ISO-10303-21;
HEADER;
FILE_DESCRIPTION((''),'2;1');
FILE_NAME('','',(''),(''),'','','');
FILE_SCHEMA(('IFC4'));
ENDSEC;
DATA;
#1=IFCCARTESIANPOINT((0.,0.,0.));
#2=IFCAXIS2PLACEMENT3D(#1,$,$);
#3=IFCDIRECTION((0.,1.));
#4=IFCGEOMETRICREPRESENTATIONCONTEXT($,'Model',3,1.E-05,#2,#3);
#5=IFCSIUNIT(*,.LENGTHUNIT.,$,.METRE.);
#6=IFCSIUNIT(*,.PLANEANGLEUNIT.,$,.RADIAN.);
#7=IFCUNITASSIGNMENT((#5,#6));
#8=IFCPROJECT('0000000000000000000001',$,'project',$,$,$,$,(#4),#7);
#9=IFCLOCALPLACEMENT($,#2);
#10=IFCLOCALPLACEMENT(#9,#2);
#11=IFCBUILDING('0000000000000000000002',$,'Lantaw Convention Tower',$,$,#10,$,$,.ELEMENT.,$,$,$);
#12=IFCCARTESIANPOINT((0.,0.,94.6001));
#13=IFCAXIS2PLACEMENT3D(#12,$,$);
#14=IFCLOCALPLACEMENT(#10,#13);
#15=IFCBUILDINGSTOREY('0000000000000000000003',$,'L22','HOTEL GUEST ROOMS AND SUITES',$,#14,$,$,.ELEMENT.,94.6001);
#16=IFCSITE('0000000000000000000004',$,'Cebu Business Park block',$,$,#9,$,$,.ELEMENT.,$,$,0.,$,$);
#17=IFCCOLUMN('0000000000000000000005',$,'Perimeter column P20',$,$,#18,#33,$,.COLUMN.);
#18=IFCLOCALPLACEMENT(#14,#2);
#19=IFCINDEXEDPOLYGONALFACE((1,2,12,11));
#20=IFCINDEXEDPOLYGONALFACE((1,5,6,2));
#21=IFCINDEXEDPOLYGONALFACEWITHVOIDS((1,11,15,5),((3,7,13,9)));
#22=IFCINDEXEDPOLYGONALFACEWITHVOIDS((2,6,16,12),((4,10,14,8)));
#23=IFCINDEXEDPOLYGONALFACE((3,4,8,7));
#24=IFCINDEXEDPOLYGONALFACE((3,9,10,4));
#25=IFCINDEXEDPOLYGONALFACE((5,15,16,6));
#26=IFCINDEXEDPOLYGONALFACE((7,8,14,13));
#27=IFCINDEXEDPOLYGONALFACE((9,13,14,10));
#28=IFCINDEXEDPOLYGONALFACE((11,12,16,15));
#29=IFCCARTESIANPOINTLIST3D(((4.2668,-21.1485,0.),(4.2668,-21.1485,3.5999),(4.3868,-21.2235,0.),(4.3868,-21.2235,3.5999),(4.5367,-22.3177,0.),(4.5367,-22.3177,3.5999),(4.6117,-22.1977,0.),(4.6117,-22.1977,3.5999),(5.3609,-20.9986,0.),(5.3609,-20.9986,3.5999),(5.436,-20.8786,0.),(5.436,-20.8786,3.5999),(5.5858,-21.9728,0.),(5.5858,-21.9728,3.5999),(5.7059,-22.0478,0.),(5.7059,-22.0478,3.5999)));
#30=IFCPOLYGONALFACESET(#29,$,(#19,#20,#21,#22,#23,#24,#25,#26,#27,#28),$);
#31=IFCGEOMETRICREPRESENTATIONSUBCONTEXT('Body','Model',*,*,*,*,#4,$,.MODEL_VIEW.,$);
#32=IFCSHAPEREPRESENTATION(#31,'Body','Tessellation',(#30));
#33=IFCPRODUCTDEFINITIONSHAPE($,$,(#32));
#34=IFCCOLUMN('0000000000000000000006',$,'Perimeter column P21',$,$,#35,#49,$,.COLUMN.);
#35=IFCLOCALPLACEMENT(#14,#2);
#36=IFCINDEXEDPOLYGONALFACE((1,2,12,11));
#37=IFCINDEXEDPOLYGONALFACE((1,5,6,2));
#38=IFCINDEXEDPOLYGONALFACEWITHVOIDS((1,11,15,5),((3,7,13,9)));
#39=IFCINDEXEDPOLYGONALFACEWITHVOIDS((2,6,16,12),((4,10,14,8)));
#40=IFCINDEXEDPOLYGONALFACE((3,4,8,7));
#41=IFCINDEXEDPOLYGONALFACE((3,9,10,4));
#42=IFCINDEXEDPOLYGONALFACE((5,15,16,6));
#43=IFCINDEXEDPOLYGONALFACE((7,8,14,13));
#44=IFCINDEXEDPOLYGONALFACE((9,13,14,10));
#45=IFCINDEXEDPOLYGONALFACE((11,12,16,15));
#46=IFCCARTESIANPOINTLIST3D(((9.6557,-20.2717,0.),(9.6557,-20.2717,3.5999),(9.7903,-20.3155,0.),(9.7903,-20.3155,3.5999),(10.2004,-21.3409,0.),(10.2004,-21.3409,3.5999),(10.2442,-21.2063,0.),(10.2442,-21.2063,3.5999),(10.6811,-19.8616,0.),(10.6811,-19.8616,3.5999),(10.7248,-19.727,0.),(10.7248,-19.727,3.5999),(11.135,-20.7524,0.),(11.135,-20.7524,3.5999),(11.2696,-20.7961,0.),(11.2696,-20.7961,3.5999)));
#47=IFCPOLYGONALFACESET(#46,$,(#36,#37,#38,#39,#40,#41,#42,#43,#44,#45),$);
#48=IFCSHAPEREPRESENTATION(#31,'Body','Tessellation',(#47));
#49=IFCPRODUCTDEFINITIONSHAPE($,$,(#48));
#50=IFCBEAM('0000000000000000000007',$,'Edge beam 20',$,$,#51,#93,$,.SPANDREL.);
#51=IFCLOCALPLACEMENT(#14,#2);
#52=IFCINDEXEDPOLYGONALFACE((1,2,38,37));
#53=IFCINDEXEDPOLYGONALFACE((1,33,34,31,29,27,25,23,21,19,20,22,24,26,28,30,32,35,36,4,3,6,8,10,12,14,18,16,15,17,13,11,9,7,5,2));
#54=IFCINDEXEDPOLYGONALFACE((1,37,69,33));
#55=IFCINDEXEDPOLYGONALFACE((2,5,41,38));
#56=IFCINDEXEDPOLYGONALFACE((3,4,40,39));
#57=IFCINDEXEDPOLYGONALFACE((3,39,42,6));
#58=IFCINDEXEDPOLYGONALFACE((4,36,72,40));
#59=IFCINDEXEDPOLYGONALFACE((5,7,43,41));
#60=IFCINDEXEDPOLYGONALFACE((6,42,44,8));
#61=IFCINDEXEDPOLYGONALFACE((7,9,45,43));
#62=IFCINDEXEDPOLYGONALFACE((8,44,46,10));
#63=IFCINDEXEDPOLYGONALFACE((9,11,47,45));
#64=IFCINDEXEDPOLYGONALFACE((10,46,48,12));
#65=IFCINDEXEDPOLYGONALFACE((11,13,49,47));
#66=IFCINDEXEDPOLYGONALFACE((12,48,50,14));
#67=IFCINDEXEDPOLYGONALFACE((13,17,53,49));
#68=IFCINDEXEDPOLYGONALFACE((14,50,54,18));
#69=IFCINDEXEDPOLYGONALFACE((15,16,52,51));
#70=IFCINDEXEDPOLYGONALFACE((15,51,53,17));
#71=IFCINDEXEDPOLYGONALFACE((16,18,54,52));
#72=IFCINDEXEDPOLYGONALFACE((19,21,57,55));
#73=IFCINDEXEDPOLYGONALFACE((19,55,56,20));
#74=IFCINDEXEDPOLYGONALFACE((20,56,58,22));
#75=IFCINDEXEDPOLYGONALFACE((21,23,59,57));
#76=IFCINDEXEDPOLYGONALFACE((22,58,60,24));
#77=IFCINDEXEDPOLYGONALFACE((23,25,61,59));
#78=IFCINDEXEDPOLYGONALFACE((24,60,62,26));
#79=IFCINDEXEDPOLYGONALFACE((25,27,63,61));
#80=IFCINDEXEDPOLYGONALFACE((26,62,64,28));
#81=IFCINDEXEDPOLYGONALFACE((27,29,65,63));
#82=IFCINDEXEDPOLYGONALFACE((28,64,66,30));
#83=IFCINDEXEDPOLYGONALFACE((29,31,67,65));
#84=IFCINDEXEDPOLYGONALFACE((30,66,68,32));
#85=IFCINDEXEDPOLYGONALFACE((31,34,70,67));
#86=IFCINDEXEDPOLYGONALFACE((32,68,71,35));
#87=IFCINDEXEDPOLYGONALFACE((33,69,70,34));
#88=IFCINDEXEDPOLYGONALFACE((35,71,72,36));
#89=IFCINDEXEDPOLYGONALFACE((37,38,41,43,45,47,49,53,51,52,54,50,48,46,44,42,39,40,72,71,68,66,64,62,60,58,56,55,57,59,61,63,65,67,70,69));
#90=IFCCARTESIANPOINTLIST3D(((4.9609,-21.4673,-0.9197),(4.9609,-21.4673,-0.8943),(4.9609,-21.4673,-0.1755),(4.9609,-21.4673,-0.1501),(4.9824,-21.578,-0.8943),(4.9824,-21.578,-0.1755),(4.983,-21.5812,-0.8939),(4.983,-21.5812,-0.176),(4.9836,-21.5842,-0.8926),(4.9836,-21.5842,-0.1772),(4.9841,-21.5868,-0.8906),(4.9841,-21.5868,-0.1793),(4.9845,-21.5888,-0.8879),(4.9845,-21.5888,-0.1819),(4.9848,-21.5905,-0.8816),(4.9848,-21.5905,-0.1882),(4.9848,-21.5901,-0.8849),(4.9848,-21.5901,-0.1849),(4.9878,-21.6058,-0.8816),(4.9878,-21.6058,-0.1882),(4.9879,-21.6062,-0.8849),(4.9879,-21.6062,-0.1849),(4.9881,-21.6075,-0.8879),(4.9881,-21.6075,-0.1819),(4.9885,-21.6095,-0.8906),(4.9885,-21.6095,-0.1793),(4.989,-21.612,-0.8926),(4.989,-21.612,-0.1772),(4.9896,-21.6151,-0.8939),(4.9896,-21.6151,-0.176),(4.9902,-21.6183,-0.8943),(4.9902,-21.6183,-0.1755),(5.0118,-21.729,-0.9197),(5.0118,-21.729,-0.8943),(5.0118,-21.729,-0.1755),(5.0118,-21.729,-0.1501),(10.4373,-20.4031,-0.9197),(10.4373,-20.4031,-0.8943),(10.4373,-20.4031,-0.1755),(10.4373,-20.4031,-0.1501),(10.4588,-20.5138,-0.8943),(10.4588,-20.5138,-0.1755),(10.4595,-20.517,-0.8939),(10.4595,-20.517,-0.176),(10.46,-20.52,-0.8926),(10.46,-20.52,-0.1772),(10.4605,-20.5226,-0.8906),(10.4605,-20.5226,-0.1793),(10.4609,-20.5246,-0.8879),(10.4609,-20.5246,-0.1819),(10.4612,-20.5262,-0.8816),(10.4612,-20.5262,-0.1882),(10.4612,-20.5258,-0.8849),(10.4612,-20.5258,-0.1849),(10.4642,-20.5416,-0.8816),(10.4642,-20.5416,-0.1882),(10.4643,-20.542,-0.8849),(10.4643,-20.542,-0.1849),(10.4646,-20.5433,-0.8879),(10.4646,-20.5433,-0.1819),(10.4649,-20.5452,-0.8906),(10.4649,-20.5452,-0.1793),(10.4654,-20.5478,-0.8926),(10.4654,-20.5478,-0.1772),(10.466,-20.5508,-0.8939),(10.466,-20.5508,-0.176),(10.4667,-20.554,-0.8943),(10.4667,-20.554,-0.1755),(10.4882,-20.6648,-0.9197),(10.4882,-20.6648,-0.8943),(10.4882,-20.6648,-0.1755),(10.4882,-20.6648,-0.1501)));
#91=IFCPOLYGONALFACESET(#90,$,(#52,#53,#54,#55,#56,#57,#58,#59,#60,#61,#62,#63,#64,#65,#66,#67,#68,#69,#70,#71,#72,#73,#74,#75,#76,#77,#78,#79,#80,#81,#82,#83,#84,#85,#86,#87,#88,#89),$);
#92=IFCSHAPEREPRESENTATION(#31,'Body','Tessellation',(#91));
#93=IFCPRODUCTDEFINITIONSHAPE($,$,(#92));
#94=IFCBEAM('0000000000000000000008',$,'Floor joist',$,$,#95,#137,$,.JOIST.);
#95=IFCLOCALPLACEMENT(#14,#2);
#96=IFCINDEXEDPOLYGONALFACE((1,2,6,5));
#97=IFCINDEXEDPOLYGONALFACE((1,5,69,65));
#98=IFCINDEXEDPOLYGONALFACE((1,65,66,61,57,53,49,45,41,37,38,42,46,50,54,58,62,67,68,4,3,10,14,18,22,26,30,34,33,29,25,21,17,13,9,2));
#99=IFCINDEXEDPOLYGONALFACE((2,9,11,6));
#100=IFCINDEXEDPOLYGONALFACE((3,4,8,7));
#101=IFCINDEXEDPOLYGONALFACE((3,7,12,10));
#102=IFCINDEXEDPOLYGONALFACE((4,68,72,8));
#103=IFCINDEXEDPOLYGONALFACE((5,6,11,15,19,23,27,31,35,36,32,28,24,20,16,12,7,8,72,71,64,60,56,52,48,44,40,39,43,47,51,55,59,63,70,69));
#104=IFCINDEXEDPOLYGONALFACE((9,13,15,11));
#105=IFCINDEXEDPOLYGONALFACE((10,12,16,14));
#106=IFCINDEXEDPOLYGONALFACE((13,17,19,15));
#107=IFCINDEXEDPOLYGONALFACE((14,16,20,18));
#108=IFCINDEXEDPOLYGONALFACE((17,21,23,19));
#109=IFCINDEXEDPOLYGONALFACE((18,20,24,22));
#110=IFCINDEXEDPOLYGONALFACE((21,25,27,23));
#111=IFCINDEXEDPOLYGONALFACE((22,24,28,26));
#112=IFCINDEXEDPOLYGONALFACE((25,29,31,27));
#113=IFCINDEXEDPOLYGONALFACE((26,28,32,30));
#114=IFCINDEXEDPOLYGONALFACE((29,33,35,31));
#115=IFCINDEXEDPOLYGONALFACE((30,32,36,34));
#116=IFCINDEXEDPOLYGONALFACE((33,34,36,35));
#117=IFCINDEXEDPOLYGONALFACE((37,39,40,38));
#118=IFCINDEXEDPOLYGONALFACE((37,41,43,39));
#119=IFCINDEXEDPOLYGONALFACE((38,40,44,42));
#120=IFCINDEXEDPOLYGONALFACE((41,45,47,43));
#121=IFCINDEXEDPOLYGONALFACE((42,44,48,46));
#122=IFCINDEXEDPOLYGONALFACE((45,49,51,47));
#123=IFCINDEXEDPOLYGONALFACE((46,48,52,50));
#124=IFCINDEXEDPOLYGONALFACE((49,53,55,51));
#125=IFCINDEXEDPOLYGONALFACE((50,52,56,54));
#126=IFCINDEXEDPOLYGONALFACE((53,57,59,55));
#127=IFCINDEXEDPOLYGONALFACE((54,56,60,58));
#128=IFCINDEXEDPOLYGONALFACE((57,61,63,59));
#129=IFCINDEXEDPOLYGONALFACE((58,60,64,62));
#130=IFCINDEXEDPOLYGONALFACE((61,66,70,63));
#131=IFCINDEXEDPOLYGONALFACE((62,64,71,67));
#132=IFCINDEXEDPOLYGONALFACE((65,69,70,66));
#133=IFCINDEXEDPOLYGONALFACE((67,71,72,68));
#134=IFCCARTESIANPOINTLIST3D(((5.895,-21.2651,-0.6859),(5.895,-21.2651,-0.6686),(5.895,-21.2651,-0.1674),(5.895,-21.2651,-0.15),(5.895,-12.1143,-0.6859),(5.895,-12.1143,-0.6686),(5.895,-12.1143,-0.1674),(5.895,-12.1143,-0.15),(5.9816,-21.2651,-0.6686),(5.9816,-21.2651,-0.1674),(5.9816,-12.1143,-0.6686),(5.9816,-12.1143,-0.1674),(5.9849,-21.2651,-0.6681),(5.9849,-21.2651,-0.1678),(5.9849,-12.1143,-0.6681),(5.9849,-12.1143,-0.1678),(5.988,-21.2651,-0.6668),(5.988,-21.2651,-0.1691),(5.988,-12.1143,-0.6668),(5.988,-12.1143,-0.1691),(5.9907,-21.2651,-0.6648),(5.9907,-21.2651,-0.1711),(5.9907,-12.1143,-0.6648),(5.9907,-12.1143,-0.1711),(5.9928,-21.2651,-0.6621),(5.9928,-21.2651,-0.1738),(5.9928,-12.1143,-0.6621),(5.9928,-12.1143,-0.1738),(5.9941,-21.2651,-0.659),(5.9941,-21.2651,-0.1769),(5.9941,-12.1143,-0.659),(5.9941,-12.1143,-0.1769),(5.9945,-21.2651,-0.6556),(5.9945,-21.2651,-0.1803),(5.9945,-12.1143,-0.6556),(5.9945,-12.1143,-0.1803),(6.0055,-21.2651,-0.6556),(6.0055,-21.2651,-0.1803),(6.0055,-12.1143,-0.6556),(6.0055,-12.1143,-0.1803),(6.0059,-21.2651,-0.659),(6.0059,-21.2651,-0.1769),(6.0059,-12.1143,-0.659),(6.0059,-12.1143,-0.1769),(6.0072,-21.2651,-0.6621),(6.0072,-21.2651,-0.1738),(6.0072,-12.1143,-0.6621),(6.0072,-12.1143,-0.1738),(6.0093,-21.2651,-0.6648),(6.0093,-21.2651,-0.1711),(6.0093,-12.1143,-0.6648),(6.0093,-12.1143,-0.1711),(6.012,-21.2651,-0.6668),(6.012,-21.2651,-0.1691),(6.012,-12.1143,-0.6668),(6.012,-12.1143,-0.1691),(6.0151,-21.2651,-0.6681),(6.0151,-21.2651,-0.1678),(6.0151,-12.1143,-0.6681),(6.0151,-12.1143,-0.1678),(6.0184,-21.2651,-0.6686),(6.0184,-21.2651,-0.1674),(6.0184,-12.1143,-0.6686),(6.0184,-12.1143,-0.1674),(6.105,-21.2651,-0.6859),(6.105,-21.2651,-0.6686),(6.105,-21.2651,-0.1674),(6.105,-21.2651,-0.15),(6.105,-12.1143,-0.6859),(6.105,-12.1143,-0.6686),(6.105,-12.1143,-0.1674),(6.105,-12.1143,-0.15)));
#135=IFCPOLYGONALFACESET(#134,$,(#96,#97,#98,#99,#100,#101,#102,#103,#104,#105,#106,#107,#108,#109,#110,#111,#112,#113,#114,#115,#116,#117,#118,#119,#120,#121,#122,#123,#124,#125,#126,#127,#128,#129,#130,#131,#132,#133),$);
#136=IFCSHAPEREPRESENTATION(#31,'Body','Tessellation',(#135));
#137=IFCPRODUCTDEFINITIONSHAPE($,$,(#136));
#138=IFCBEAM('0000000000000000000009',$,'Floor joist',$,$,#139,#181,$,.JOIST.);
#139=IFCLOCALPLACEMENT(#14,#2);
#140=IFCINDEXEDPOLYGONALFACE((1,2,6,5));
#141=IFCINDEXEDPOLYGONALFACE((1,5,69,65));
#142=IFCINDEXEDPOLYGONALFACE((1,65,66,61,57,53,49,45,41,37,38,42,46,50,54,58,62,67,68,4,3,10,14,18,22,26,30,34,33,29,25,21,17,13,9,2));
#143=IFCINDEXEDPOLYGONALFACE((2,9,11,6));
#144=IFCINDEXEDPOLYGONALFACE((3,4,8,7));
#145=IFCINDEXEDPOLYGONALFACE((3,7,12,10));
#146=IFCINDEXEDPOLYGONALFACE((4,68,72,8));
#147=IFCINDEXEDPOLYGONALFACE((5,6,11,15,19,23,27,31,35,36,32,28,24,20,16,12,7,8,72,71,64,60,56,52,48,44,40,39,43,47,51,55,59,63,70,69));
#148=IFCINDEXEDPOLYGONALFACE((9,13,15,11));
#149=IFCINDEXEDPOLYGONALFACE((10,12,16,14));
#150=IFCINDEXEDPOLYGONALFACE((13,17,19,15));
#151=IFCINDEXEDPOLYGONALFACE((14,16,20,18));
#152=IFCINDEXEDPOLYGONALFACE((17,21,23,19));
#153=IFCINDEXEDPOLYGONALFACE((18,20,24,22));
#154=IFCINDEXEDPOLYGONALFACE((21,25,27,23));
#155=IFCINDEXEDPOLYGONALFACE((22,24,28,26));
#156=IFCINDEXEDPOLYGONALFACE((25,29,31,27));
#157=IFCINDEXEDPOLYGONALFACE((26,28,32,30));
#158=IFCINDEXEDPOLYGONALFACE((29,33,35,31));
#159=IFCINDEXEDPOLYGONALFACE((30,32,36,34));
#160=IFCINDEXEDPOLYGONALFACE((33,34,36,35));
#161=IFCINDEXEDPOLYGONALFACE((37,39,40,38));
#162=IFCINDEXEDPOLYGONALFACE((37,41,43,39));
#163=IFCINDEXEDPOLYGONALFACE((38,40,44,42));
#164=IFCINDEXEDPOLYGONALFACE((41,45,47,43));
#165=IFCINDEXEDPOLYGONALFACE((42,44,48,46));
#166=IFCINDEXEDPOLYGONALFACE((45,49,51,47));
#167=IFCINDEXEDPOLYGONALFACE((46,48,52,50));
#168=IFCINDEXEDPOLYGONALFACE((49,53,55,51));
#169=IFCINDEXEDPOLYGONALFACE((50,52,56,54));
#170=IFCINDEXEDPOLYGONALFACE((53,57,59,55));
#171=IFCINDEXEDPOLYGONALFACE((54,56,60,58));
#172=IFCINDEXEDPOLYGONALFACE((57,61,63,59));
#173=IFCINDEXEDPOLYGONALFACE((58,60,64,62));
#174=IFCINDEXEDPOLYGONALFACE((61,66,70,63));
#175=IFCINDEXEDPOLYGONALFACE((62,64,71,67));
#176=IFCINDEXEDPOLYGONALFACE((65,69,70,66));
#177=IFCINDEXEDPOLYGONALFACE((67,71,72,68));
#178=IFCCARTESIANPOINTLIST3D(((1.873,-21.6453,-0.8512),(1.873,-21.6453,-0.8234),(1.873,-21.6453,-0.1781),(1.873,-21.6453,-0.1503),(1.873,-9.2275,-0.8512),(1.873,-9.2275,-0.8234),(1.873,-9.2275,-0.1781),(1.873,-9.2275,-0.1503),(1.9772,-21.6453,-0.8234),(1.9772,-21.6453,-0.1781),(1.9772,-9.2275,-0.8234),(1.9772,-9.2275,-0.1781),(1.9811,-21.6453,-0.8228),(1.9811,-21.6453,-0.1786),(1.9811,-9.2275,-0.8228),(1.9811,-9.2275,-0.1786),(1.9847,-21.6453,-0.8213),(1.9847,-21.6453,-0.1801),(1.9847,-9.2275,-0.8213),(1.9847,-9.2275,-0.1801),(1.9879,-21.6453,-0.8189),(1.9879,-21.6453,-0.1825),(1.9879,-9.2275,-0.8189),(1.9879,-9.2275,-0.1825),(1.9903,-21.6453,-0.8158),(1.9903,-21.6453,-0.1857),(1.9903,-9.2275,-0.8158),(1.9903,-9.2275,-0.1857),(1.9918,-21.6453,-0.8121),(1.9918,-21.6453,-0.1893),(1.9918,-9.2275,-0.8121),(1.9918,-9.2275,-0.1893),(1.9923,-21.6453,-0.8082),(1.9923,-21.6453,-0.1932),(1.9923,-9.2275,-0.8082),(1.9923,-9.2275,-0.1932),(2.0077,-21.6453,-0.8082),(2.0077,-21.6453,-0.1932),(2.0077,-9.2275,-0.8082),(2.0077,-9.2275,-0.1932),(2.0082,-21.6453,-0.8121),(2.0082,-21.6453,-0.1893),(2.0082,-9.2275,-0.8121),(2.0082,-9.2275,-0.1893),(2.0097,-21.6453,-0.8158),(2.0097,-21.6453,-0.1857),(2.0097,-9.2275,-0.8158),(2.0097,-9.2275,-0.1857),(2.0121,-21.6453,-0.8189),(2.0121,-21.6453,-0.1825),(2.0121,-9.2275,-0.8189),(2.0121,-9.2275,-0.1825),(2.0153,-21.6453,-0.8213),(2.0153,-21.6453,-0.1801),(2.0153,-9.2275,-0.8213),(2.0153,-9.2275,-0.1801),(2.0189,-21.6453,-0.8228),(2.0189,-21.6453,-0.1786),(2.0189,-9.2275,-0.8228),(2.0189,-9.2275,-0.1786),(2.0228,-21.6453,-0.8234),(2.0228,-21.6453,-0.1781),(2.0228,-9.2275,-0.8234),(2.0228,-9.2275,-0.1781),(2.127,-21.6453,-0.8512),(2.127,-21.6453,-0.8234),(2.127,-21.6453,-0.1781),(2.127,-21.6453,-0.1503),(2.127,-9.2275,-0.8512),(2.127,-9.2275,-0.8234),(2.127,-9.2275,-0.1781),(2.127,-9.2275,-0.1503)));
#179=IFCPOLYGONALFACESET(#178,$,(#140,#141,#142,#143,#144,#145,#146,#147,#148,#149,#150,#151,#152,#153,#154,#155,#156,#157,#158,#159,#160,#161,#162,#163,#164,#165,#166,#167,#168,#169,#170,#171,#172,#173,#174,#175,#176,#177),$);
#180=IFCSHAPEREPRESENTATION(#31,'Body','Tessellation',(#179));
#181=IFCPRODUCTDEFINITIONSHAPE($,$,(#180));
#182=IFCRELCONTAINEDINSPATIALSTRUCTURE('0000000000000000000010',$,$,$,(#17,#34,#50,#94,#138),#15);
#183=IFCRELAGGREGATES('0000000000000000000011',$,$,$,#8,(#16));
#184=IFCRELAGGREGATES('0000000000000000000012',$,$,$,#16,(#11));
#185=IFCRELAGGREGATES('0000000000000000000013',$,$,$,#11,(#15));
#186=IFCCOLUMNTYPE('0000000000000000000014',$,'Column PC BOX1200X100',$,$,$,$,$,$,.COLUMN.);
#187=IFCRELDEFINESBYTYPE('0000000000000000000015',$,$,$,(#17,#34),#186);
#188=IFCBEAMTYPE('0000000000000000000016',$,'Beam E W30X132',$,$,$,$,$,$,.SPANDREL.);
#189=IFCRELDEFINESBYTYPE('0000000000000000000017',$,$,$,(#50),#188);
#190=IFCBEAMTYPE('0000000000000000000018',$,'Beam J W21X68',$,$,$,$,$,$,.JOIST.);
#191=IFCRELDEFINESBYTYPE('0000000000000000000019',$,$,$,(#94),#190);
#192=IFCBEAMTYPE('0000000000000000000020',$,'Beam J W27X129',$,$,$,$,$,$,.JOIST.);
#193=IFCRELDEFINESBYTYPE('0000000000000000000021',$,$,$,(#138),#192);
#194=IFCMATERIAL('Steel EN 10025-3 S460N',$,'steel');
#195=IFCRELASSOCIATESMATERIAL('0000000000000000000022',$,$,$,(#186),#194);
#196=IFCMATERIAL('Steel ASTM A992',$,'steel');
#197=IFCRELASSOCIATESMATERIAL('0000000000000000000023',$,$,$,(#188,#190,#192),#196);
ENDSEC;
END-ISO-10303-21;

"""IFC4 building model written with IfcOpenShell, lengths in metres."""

from ifc_helpers import new_model, si_unit, direction, frame, origin, origin_2d, place, context, subcontext, project, spatial, rectangle, hollow_rectangle, i_section, extrude, material, material_profile, profile_set, type_object, element, save


model = new_model("IFC4")

# Units and contexts
model_context = context("Model", 3, precision=1e-05, world=origin(), true_north=direction((0.0, 1.0)))
body_context = subcontext(model_context, "Body", "Model", "MODEL_VIEW")
ifc_project = project(units=[si_unit("LENGTHUNIT", "METRE"), si_unit("PLANEANGLEUNIT", "RADIAN")], contexts=[model_context])

# Site, building, storey
site_placement = place(None, origin())
site = spatial("IfcSite", under=ifc_project, at=site_placement, Name="Cebu Business Park block", CompositionType="ELEMENT", RefElevation=0.0)
building_placement = place(site_placement, origin())
building = spatial("IfcBuilding", under=site, at=building_placement, Name="Lantaw Convention Tower", CompositionType="ELEMENT")
storey_placement = place(building_placement, frame((0.0, 0.0, 94.6001)))
storey = spatial("IfcBuildingStorey", under=building, at=storey_placement, Name="L22", Description="HOTEL GUEST ROOMS AND SUITES", CompositionType="ELEMENT", Elevation=94.6001)

# Columns
ifc_material_1 = material(Name="Steel EN 10025-3 S460N", Category="steel")
ifc_material_profile_1 = material_profile(ifc_material_1, hollow_rectangle(XDim=1.2, YDim=1.2, WallThickness=0.1001, at=origin_2d()), Name="BOX1200X100")
ifc_material_2 = material(Name="Concrete C60/75", Category="concrete")
ifc_material_profile_2 = material_profile(ifc_material_2, rectangle(XDim=1.0, YDim=1.0, at=origin_2d()), Name="Concrete fill of BOX1200X100")
ifc_profile_set_1 = profile_set([ifc_material_profile_1, ifc_material_profile_2], Name="Steel EN 10025-3 S460N")
column_type = type_object("IfcColumnType", Name="Column PC BOX1200X100", PredefinedType="COLUMN", material=ifc_profile_set_1)
for number, where, z_axis, x_axis, name in (
    (1, (4.9863, -21.5981, 0.0), (0.0, 0.0, 1.0), (0.97437, 0.224951, 0.0), "Perimeter column P20"),
    (2, (10.4626, -20.5339, 0.0), (0.0, 0.0, 1.0), (0.891007, 0.45399, 0.0), "Perimeter column P21"),
):
    element("IfcColumn", number, at=place(storey_placement, frame(where, z_axis=z_axis, x_axis=x_axis)), inside=storey, type_object=column_type, Name=name, PredefinedType="COLUMN", context=body_context, shape_type="SweptSolid", body=[
        extrude(hollow_rectangle(XDim=1.2, YDim=1.2, WallThickness=0.1001, at=origin_2d()), origin(), (0.0, 0.0, 1.0), 3.5999),
    ])

# Beams
ifc_material_3 = material(Name="Steel ASTM A992", Category="steel")
ifc_material_profile_3 = material_profile(ifc_material_3, i_section(OverallWidth=0.2666, OverallDepth=0.7695, WebThickness=0.0156, FlangeThickness=0.0254, FilletRadius=0.0127, at=origin_2d()), Name="W30X132")
ifc_profile_set_2 = profile_set([ifc_material_profile_3], Name="Steel ASTM A992")
beam_type_1 = type_object("IfcBeamType", Name="Beam E W30X132", PredefinedType="SPANDREL", material=ifc_profile_set_2)
beam_1_placement = place(storey_placement, frame((4.9863, -21.5981, -0.5349), z_axis=(0.981637, 0.190761, 0.0), x_axis=(-0.190761, 0.981637, 0.0)))
element("IfcBeam", 3, at=beam_1_placement, inside=storey, type_object=beam_type_1, Name="Edge beam 20", PredefinedType="SPANDREL", context=body_context, shape_type="SweptSolid", body=[
    extrude(i_section(OverallWidth=0.2666, OverallDepth=0.7695, WebThickness=0.0156, FlangeThickness=0.0254, FilletRadius=0.0127, at=origin_2d()), origin(), (0.0, 0.0, 1.0), 5.5789),
])
ifc_material_profile_4 = material_profile(ifc_material_3, i_section(OverallWidth=0.21, OverallDepth=0.5359, WebThickness=0.011, FlangeThickness=0.0173, FilletRadius=0.0129, at=origin_2d()), Name="W21X68")
ifc_profile_set_3 = profile_set([ifc_material_profile_4], Name="Steel ASTM A992")
beam_type_2 = type_object("IfcBeamType", Name="Beam J W21X68", PredefinedType="JOIST", material=ifc_profile_set_3)
beam_2_placement = place(storey_placement, frame((6.0, -21.2651, -0.418), z_axis=(0.0, 1.0, 0.0), x_axis=(-1.0, 0.0, 0.0)))
element("IfcBeam", 4, at=beam_2_placement, inside=storey, type_object=beam_type_2, Name="Floor joist", PredefinedType="JOIST", context=body_context, shape_type="SweptSolid", body=[
    extrude(i_section(OverallWidth=0.21, OverallDepth=0.5359, WebThickness=0.011, FlangeThickness=0.0173, FilletRadius=0.0129, at=origin_2d()), origin(), (0.0, 0.0, 1.0), 9.1509),
])
ifc_material_profile_5 = material_profile(ifc_material_3, i_section(OverallWidth=0.2539, OverallDepth=0.7009, WebThickness=0.0154, FlangeThickness=0.0278, FilletRadius=0.0151, at=origin_2d()), Name="W27X129")
ifc_profile_set_4 = profile_set([ifc_material_profile_5], Name="Steel ASTM A992")
beam_type_3 = type_object("IfcBeamType", Name="Beam J W27X129", PredefinedType="JOIST", material=ifc_profile_set_4)
beam_3_placement = place(storey_placement, frame((2.0, -21.6453, -0.5007), z_axis=(0.0, 1.0, 0.0), x_axis=(-1.0, 0.0, 0.0)))
element("IfcBeam", 5, at=beam_3_placement, inside=storey, type_object=beam_type_3, Name="Floor joist", PredefinedType="JOIST", context=body_context, shape_type="SweptSolid", body=[
    extrude(i_section(OverallWidth=0.2539, OverallDepth=0.7009, WebThickness=0.0154, FlangeThickness=0.0278, FilletRadius=0.0151, at=origin_2d()), origin(), (0.0, 0.0, 1.0), 12.4177),
])

save(model, "model.ifc")
